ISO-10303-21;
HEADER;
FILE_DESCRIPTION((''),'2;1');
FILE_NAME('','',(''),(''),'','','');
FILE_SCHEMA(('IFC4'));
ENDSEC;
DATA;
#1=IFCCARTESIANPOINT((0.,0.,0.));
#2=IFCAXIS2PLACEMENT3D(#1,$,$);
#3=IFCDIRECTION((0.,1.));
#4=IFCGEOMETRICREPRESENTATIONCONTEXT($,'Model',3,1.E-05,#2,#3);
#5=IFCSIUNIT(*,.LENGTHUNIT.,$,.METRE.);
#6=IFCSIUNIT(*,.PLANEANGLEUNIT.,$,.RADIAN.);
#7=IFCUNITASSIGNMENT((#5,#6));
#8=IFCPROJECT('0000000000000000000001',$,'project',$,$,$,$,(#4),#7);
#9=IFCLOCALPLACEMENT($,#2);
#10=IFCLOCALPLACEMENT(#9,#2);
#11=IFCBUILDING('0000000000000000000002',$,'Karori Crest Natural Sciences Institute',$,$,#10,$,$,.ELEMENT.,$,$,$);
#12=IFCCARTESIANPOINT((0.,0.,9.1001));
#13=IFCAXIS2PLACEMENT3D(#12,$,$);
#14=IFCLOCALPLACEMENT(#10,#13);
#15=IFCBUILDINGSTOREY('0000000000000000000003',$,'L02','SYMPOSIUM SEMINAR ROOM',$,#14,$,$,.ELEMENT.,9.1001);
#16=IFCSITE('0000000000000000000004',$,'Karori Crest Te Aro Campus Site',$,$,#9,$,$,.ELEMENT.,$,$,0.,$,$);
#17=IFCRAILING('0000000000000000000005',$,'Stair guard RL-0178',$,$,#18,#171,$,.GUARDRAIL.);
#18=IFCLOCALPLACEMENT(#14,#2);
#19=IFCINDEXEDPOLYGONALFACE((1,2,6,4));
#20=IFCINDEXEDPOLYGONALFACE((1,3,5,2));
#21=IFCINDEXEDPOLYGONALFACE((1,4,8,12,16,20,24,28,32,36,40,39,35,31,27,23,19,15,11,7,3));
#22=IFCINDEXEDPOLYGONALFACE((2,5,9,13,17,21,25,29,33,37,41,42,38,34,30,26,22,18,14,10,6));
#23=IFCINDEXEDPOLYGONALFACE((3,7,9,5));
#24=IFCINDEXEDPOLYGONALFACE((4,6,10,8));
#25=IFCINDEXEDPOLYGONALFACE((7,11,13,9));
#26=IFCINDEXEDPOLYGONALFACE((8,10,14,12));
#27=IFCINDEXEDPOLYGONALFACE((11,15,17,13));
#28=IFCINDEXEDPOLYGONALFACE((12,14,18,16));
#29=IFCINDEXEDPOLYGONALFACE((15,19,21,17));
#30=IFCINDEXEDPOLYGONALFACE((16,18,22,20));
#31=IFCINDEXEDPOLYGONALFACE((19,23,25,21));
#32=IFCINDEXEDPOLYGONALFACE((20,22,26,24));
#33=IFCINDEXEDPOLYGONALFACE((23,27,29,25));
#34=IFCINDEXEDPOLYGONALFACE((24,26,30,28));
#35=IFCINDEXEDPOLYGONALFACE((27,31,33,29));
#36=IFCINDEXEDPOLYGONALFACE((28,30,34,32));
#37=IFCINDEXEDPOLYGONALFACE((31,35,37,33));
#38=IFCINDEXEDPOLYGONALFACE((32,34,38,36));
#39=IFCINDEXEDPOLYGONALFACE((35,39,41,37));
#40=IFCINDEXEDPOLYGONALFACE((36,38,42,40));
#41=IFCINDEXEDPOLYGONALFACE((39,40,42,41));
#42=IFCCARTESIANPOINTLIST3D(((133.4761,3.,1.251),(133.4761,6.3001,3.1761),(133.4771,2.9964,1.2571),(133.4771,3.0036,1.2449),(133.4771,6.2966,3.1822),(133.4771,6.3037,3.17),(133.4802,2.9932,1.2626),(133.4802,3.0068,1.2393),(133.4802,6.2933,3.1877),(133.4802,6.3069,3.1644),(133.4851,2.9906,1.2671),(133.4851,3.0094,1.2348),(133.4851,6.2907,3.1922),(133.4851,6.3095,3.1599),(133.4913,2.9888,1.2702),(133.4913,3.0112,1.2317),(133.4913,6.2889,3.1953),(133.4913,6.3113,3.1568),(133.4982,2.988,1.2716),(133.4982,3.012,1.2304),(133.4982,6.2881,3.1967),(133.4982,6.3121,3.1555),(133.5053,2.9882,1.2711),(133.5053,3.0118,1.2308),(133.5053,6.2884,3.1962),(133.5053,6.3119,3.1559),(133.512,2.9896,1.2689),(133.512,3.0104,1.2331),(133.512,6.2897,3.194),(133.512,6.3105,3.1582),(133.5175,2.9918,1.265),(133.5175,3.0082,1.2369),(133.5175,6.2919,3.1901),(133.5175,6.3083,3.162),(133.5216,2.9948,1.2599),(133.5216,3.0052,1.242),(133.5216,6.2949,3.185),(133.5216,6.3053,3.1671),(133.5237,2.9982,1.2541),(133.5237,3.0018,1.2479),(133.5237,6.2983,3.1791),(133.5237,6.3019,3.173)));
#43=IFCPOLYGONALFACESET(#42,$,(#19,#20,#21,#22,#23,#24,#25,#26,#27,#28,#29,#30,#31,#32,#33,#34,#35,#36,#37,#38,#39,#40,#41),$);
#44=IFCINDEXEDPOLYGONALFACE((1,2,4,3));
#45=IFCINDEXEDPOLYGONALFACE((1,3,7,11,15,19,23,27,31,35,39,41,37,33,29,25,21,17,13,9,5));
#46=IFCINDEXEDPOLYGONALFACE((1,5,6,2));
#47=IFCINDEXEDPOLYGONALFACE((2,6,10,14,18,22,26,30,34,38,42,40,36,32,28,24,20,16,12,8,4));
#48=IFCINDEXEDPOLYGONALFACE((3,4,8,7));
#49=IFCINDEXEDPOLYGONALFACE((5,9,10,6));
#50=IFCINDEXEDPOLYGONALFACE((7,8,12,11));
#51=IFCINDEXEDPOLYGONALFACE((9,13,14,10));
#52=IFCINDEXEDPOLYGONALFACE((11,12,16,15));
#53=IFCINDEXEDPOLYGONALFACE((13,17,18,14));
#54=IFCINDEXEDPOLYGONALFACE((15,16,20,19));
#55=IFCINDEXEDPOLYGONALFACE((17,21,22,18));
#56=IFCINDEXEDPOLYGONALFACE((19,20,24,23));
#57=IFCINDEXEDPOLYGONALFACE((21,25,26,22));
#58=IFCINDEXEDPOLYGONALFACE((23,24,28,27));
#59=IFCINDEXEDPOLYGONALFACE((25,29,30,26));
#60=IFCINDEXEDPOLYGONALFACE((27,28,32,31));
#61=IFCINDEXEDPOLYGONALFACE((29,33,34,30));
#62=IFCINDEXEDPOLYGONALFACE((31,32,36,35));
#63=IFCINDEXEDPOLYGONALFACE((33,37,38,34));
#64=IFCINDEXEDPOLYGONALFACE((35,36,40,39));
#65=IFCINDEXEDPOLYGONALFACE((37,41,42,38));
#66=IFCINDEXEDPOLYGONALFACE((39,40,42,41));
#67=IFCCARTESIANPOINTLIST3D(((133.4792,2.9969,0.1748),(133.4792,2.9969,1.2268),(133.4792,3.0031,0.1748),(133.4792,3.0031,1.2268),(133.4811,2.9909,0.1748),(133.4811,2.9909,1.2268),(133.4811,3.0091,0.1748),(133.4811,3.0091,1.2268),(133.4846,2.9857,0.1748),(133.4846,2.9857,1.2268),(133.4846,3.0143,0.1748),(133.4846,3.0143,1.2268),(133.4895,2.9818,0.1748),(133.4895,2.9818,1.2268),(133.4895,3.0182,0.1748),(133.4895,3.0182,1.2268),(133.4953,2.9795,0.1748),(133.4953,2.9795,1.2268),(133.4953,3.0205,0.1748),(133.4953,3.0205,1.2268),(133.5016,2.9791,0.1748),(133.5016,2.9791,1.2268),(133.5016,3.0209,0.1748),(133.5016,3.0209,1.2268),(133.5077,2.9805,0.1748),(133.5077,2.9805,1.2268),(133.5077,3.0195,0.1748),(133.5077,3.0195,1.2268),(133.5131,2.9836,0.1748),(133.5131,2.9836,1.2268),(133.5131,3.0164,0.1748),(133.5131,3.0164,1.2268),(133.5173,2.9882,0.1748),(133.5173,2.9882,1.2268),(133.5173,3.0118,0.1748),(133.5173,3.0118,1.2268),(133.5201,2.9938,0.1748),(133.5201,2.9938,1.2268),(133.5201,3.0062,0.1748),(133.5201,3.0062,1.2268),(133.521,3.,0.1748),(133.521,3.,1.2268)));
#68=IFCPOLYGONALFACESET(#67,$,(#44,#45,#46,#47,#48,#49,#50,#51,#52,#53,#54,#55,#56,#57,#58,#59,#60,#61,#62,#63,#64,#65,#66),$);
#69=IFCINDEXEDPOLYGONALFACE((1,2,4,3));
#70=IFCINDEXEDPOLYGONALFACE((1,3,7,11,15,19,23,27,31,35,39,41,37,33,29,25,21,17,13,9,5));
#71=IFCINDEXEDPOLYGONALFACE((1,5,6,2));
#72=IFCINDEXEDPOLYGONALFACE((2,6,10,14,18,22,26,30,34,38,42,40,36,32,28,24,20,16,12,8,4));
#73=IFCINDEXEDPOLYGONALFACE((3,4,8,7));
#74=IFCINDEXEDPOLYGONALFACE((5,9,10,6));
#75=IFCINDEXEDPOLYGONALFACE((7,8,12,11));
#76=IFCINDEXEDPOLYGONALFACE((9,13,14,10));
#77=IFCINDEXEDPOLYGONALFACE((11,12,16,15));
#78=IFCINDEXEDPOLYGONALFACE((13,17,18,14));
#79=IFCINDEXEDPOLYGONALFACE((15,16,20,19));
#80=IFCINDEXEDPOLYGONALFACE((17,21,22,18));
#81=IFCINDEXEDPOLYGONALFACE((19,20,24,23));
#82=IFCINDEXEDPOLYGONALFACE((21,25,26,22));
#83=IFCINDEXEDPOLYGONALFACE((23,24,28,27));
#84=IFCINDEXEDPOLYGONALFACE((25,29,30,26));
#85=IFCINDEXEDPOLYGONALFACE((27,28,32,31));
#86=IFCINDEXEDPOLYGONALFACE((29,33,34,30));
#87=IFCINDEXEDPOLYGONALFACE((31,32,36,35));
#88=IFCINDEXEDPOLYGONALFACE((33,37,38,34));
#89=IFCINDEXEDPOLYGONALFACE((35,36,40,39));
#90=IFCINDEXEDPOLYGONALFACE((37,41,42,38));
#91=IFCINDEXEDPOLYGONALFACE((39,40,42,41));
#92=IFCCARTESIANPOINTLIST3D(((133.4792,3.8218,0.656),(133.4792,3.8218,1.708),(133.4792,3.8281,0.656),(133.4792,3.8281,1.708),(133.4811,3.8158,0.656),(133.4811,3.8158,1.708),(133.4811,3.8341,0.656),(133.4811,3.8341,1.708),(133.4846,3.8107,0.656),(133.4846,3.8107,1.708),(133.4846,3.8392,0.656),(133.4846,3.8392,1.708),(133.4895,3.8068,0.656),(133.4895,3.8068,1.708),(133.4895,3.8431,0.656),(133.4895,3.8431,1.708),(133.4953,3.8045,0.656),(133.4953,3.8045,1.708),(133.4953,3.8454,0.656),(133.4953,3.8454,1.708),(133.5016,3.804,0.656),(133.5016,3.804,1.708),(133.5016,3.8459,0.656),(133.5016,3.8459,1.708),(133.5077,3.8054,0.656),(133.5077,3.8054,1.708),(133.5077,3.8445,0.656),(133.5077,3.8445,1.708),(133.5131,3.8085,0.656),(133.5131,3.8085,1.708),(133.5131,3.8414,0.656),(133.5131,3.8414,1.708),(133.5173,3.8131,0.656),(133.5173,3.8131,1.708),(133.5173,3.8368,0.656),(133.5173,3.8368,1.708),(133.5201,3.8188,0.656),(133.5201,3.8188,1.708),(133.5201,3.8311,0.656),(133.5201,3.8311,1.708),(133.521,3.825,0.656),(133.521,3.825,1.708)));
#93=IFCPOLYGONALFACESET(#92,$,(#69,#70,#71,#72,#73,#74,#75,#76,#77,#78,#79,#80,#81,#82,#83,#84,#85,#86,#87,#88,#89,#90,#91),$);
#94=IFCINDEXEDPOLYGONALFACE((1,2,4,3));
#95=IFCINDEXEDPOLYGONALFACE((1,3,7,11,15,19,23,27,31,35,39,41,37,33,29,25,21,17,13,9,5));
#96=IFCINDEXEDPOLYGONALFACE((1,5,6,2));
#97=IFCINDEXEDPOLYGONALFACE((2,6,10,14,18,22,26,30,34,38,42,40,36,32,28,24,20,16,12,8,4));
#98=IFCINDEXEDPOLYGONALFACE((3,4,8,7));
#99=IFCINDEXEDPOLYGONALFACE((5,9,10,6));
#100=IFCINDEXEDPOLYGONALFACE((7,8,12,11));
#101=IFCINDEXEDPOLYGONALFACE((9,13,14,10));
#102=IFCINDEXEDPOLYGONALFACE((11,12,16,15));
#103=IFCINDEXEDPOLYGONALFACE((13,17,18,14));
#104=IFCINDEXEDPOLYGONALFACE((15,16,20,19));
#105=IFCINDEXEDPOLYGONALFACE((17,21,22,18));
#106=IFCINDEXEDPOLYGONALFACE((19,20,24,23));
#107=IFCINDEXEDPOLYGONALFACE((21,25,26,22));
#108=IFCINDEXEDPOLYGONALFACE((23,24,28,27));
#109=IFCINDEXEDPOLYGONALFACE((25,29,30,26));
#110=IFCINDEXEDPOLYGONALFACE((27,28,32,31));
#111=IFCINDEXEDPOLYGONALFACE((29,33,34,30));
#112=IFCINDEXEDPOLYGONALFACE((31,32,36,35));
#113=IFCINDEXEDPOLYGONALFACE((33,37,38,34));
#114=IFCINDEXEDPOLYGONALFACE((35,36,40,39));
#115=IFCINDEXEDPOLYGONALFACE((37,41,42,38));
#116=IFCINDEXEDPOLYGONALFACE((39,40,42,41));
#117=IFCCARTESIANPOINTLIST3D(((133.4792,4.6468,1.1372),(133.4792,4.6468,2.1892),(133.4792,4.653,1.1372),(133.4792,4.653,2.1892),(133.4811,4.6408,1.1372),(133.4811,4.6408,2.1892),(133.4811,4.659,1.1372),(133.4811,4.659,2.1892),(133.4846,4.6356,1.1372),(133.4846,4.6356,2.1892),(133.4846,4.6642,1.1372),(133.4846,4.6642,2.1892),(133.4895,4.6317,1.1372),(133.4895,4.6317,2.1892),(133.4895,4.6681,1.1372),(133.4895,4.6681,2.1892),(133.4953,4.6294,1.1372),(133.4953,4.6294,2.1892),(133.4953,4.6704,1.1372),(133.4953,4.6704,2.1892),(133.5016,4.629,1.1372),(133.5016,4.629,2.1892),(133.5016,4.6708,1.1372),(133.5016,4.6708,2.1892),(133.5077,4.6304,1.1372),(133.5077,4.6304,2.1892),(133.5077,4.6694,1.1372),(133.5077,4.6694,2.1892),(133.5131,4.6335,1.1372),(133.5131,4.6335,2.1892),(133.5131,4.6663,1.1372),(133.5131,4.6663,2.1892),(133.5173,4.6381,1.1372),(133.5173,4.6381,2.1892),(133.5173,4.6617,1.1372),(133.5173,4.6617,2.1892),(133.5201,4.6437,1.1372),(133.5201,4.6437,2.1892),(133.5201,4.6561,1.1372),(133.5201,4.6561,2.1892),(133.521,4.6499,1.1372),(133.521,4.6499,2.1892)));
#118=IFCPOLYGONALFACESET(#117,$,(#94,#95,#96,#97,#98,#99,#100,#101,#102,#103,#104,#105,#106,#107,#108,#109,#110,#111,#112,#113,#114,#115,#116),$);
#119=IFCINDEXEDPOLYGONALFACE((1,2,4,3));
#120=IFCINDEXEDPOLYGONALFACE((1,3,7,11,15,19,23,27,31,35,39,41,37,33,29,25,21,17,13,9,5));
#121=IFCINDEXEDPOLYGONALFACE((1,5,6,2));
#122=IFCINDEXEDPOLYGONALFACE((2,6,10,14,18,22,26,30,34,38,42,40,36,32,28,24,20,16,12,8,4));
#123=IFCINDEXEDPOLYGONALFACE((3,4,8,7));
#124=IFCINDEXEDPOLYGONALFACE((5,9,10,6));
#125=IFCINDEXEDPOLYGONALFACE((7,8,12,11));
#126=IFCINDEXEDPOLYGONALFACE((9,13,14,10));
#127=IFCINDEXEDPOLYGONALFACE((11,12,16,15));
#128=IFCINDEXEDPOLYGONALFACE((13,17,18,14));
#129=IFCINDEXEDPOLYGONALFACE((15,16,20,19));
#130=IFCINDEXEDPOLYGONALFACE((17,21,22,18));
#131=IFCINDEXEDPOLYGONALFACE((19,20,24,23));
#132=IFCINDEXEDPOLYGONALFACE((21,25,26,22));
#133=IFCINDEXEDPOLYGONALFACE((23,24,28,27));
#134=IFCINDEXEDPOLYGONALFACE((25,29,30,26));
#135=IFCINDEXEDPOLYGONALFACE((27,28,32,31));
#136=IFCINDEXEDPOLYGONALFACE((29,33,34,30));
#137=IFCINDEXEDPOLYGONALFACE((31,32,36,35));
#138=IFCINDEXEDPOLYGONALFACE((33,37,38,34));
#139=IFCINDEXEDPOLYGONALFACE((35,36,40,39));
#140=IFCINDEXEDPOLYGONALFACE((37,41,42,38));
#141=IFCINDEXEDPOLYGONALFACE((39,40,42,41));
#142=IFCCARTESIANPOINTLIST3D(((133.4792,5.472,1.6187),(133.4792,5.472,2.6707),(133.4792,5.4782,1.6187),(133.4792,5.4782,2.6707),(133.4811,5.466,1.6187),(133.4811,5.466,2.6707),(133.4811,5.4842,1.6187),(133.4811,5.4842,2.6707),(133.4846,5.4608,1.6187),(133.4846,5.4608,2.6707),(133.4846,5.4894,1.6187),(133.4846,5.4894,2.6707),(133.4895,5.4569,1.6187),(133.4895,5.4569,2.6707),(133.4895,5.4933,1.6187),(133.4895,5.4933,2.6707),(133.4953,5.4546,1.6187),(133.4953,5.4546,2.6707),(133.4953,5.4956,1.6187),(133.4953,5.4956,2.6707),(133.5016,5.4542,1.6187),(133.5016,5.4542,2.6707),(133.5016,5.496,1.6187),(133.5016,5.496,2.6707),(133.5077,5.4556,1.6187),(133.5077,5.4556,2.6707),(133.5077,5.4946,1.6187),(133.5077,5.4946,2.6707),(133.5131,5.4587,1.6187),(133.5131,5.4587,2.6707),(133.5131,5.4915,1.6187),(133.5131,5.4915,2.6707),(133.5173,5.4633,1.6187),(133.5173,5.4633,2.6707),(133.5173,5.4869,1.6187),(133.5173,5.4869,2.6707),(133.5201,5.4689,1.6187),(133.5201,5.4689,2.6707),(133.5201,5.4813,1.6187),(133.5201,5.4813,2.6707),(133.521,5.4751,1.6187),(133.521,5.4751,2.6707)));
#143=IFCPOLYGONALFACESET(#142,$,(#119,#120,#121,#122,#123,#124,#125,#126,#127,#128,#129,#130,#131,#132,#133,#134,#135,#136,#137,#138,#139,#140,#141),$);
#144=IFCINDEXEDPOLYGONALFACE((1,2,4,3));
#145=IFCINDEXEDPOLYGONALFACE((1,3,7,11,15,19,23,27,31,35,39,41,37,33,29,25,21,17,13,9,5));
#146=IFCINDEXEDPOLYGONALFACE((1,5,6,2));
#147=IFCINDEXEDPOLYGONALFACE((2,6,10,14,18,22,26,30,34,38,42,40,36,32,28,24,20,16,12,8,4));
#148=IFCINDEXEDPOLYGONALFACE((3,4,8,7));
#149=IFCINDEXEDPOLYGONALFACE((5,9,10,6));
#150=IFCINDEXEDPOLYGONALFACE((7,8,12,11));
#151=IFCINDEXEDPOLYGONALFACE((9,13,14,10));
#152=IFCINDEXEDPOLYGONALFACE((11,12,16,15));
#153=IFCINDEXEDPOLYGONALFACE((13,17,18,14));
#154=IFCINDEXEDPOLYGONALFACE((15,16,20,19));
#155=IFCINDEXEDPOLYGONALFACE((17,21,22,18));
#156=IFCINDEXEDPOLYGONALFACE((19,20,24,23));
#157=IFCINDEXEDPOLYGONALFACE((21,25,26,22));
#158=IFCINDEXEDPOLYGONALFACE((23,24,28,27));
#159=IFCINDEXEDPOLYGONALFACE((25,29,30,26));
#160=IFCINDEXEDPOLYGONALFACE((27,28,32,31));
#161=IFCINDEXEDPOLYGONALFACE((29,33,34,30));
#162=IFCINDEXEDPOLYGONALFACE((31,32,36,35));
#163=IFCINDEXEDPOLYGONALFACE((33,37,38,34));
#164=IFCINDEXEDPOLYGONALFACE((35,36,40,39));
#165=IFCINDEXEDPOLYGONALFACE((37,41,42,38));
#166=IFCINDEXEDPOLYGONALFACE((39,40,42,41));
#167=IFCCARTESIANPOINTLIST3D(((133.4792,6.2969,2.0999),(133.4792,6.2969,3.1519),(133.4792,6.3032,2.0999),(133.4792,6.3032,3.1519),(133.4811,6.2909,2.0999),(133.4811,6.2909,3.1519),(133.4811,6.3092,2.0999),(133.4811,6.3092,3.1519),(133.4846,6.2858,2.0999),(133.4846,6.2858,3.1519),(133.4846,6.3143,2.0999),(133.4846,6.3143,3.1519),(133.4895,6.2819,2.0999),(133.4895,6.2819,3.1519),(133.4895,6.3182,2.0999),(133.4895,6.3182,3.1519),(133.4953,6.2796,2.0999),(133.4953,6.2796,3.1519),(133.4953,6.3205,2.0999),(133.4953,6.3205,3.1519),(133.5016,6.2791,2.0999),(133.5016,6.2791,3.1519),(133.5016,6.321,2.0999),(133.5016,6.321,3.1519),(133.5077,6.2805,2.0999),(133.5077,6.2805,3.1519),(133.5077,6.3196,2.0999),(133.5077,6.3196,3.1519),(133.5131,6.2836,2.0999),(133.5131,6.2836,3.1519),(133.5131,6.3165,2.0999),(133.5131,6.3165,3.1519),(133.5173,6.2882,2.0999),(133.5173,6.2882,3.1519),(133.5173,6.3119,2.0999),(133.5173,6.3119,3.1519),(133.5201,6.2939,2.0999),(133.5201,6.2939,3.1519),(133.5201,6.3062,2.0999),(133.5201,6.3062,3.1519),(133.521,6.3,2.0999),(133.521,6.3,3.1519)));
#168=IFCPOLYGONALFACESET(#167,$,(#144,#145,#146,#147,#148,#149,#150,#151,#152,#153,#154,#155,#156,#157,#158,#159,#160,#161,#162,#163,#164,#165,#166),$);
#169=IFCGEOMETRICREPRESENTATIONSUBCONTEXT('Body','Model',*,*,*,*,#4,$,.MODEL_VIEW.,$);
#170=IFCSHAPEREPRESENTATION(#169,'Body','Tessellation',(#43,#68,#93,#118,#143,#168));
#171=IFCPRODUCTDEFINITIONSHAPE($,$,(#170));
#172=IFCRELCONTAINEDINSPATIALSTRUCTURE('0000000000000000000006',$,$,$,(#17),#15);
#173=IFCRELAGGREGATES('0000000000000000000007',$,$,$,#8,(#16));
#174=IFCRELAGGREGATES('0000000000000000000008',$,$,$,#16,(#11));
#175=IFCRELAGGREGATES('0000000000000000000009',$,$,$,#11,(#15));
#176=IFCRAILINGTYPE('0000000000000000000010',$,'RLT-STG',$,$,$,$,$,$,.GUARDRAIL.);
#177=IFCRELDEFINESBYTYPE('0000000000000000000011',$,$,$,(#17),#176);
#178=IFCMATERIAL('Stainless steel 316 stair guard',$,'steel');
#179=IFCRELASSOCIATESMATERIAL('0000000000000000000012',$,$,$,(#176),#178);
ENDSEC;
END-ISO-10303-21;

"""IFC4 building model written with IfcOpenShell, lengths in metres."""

from ifc_helpers import new_model, si_unit, direction, frame, origin, origin_2d, place, context, subcontext, project, spatial, circle, extrude, material, type_object, element, save


model = new_model("IFC4")

# Units and contexts
model_context = context("Model", 3, precision=1e-05, world=origin(), true_north=direction((0.0, 1.0)))
body_context = subcontext(model_context, "Body", "Model", "MODEL_VIEW")
ifc_project = project(units=[si_unit("LENGTHUNIT", "METRE"), si_unit("PLANEANGLEUNIT", "RADIAN")], contexts=[model_context])

# Site, building, storey
site_placement = place(None, origin())
site = spatial("IfcSite", under=ifc_project, at=site_placement, Name="Karori Crest Te Aro Campus Site", CompositionType="ELEMENT", RefElevation=0.0)
building_placement = place(site_placement, origin())
building = spatial("IfcBuilding", under=site, at=building_placement, Name="Karori Crest Natural Sciences Institute", CompositionType="ELEMENT")
storey_placement = place(building_placement, frame((0.0, 0.0, 9.1001)))
storey = spatial("IfcBuildingStorey", under=building, at=storey_placement, Name="L02", Description="SYMPOSIUM SEMINAR ROOM", CompositionType="ELEMENT", Elevation=9.1001)

# Railing
ifc_material_1 = material(Name="Stainless steel 316 stair guard", Category="steel")
railing_type_1 = type_object("IfcRailingType", Name="RLT-STG", PredefinedType="GUARDRAIL", material=ifc_material_1)
railing_1_placement = place(storey_placement, frame((133.5, 3.0, 0.1748)))
element("IfcRailing", 1, at=railing_1_placement, inside=storey, type_object=railing_type_1, Name="Stair guard RL-0178", PredefinedType="GUARDRAIL", context=body_context, shape_type="SweptSolid", body=[
    extrude(circle(Radius=0.0239, at=origin_2d()), frame((0.0, 0.0, 1.0762), z_axis=(0.0, 0.863777, 0.503875), x_axis=(-1.0, 0.0, 0.0)), (0.0, 0.0, 1.0), 3.8206),
    extrude(circle(Radius=0.021, at=origin_2d()), origin(), (0.0, 0.0, 1.0), 1.052),
    extrude(circle(Radius=0.021, at=origin_2d()), frame((0.0, 0.825, 0.4812)), (0.0, 0.0, 1.0), 1.052),
    extrude(circle(Radius=0.021, at=origin_2d()), frame((0.0, 1.6499, 0.9624)), (0.0, 0.0, 1.0), 1.052),
    extrude(circle(Radius=0.021, at=origin_2d()), frame((0.0, 2.4751, 1.4438)), (0.0, 0.0, 1.0), 1.052),
    extrude(circle(Radius=0.021, at=origin_2d()), frame((0.0, 3.3, 1.925)), (0.0, 0.0, 1.0), 1.052),
])

save(model, "model.ifc")
